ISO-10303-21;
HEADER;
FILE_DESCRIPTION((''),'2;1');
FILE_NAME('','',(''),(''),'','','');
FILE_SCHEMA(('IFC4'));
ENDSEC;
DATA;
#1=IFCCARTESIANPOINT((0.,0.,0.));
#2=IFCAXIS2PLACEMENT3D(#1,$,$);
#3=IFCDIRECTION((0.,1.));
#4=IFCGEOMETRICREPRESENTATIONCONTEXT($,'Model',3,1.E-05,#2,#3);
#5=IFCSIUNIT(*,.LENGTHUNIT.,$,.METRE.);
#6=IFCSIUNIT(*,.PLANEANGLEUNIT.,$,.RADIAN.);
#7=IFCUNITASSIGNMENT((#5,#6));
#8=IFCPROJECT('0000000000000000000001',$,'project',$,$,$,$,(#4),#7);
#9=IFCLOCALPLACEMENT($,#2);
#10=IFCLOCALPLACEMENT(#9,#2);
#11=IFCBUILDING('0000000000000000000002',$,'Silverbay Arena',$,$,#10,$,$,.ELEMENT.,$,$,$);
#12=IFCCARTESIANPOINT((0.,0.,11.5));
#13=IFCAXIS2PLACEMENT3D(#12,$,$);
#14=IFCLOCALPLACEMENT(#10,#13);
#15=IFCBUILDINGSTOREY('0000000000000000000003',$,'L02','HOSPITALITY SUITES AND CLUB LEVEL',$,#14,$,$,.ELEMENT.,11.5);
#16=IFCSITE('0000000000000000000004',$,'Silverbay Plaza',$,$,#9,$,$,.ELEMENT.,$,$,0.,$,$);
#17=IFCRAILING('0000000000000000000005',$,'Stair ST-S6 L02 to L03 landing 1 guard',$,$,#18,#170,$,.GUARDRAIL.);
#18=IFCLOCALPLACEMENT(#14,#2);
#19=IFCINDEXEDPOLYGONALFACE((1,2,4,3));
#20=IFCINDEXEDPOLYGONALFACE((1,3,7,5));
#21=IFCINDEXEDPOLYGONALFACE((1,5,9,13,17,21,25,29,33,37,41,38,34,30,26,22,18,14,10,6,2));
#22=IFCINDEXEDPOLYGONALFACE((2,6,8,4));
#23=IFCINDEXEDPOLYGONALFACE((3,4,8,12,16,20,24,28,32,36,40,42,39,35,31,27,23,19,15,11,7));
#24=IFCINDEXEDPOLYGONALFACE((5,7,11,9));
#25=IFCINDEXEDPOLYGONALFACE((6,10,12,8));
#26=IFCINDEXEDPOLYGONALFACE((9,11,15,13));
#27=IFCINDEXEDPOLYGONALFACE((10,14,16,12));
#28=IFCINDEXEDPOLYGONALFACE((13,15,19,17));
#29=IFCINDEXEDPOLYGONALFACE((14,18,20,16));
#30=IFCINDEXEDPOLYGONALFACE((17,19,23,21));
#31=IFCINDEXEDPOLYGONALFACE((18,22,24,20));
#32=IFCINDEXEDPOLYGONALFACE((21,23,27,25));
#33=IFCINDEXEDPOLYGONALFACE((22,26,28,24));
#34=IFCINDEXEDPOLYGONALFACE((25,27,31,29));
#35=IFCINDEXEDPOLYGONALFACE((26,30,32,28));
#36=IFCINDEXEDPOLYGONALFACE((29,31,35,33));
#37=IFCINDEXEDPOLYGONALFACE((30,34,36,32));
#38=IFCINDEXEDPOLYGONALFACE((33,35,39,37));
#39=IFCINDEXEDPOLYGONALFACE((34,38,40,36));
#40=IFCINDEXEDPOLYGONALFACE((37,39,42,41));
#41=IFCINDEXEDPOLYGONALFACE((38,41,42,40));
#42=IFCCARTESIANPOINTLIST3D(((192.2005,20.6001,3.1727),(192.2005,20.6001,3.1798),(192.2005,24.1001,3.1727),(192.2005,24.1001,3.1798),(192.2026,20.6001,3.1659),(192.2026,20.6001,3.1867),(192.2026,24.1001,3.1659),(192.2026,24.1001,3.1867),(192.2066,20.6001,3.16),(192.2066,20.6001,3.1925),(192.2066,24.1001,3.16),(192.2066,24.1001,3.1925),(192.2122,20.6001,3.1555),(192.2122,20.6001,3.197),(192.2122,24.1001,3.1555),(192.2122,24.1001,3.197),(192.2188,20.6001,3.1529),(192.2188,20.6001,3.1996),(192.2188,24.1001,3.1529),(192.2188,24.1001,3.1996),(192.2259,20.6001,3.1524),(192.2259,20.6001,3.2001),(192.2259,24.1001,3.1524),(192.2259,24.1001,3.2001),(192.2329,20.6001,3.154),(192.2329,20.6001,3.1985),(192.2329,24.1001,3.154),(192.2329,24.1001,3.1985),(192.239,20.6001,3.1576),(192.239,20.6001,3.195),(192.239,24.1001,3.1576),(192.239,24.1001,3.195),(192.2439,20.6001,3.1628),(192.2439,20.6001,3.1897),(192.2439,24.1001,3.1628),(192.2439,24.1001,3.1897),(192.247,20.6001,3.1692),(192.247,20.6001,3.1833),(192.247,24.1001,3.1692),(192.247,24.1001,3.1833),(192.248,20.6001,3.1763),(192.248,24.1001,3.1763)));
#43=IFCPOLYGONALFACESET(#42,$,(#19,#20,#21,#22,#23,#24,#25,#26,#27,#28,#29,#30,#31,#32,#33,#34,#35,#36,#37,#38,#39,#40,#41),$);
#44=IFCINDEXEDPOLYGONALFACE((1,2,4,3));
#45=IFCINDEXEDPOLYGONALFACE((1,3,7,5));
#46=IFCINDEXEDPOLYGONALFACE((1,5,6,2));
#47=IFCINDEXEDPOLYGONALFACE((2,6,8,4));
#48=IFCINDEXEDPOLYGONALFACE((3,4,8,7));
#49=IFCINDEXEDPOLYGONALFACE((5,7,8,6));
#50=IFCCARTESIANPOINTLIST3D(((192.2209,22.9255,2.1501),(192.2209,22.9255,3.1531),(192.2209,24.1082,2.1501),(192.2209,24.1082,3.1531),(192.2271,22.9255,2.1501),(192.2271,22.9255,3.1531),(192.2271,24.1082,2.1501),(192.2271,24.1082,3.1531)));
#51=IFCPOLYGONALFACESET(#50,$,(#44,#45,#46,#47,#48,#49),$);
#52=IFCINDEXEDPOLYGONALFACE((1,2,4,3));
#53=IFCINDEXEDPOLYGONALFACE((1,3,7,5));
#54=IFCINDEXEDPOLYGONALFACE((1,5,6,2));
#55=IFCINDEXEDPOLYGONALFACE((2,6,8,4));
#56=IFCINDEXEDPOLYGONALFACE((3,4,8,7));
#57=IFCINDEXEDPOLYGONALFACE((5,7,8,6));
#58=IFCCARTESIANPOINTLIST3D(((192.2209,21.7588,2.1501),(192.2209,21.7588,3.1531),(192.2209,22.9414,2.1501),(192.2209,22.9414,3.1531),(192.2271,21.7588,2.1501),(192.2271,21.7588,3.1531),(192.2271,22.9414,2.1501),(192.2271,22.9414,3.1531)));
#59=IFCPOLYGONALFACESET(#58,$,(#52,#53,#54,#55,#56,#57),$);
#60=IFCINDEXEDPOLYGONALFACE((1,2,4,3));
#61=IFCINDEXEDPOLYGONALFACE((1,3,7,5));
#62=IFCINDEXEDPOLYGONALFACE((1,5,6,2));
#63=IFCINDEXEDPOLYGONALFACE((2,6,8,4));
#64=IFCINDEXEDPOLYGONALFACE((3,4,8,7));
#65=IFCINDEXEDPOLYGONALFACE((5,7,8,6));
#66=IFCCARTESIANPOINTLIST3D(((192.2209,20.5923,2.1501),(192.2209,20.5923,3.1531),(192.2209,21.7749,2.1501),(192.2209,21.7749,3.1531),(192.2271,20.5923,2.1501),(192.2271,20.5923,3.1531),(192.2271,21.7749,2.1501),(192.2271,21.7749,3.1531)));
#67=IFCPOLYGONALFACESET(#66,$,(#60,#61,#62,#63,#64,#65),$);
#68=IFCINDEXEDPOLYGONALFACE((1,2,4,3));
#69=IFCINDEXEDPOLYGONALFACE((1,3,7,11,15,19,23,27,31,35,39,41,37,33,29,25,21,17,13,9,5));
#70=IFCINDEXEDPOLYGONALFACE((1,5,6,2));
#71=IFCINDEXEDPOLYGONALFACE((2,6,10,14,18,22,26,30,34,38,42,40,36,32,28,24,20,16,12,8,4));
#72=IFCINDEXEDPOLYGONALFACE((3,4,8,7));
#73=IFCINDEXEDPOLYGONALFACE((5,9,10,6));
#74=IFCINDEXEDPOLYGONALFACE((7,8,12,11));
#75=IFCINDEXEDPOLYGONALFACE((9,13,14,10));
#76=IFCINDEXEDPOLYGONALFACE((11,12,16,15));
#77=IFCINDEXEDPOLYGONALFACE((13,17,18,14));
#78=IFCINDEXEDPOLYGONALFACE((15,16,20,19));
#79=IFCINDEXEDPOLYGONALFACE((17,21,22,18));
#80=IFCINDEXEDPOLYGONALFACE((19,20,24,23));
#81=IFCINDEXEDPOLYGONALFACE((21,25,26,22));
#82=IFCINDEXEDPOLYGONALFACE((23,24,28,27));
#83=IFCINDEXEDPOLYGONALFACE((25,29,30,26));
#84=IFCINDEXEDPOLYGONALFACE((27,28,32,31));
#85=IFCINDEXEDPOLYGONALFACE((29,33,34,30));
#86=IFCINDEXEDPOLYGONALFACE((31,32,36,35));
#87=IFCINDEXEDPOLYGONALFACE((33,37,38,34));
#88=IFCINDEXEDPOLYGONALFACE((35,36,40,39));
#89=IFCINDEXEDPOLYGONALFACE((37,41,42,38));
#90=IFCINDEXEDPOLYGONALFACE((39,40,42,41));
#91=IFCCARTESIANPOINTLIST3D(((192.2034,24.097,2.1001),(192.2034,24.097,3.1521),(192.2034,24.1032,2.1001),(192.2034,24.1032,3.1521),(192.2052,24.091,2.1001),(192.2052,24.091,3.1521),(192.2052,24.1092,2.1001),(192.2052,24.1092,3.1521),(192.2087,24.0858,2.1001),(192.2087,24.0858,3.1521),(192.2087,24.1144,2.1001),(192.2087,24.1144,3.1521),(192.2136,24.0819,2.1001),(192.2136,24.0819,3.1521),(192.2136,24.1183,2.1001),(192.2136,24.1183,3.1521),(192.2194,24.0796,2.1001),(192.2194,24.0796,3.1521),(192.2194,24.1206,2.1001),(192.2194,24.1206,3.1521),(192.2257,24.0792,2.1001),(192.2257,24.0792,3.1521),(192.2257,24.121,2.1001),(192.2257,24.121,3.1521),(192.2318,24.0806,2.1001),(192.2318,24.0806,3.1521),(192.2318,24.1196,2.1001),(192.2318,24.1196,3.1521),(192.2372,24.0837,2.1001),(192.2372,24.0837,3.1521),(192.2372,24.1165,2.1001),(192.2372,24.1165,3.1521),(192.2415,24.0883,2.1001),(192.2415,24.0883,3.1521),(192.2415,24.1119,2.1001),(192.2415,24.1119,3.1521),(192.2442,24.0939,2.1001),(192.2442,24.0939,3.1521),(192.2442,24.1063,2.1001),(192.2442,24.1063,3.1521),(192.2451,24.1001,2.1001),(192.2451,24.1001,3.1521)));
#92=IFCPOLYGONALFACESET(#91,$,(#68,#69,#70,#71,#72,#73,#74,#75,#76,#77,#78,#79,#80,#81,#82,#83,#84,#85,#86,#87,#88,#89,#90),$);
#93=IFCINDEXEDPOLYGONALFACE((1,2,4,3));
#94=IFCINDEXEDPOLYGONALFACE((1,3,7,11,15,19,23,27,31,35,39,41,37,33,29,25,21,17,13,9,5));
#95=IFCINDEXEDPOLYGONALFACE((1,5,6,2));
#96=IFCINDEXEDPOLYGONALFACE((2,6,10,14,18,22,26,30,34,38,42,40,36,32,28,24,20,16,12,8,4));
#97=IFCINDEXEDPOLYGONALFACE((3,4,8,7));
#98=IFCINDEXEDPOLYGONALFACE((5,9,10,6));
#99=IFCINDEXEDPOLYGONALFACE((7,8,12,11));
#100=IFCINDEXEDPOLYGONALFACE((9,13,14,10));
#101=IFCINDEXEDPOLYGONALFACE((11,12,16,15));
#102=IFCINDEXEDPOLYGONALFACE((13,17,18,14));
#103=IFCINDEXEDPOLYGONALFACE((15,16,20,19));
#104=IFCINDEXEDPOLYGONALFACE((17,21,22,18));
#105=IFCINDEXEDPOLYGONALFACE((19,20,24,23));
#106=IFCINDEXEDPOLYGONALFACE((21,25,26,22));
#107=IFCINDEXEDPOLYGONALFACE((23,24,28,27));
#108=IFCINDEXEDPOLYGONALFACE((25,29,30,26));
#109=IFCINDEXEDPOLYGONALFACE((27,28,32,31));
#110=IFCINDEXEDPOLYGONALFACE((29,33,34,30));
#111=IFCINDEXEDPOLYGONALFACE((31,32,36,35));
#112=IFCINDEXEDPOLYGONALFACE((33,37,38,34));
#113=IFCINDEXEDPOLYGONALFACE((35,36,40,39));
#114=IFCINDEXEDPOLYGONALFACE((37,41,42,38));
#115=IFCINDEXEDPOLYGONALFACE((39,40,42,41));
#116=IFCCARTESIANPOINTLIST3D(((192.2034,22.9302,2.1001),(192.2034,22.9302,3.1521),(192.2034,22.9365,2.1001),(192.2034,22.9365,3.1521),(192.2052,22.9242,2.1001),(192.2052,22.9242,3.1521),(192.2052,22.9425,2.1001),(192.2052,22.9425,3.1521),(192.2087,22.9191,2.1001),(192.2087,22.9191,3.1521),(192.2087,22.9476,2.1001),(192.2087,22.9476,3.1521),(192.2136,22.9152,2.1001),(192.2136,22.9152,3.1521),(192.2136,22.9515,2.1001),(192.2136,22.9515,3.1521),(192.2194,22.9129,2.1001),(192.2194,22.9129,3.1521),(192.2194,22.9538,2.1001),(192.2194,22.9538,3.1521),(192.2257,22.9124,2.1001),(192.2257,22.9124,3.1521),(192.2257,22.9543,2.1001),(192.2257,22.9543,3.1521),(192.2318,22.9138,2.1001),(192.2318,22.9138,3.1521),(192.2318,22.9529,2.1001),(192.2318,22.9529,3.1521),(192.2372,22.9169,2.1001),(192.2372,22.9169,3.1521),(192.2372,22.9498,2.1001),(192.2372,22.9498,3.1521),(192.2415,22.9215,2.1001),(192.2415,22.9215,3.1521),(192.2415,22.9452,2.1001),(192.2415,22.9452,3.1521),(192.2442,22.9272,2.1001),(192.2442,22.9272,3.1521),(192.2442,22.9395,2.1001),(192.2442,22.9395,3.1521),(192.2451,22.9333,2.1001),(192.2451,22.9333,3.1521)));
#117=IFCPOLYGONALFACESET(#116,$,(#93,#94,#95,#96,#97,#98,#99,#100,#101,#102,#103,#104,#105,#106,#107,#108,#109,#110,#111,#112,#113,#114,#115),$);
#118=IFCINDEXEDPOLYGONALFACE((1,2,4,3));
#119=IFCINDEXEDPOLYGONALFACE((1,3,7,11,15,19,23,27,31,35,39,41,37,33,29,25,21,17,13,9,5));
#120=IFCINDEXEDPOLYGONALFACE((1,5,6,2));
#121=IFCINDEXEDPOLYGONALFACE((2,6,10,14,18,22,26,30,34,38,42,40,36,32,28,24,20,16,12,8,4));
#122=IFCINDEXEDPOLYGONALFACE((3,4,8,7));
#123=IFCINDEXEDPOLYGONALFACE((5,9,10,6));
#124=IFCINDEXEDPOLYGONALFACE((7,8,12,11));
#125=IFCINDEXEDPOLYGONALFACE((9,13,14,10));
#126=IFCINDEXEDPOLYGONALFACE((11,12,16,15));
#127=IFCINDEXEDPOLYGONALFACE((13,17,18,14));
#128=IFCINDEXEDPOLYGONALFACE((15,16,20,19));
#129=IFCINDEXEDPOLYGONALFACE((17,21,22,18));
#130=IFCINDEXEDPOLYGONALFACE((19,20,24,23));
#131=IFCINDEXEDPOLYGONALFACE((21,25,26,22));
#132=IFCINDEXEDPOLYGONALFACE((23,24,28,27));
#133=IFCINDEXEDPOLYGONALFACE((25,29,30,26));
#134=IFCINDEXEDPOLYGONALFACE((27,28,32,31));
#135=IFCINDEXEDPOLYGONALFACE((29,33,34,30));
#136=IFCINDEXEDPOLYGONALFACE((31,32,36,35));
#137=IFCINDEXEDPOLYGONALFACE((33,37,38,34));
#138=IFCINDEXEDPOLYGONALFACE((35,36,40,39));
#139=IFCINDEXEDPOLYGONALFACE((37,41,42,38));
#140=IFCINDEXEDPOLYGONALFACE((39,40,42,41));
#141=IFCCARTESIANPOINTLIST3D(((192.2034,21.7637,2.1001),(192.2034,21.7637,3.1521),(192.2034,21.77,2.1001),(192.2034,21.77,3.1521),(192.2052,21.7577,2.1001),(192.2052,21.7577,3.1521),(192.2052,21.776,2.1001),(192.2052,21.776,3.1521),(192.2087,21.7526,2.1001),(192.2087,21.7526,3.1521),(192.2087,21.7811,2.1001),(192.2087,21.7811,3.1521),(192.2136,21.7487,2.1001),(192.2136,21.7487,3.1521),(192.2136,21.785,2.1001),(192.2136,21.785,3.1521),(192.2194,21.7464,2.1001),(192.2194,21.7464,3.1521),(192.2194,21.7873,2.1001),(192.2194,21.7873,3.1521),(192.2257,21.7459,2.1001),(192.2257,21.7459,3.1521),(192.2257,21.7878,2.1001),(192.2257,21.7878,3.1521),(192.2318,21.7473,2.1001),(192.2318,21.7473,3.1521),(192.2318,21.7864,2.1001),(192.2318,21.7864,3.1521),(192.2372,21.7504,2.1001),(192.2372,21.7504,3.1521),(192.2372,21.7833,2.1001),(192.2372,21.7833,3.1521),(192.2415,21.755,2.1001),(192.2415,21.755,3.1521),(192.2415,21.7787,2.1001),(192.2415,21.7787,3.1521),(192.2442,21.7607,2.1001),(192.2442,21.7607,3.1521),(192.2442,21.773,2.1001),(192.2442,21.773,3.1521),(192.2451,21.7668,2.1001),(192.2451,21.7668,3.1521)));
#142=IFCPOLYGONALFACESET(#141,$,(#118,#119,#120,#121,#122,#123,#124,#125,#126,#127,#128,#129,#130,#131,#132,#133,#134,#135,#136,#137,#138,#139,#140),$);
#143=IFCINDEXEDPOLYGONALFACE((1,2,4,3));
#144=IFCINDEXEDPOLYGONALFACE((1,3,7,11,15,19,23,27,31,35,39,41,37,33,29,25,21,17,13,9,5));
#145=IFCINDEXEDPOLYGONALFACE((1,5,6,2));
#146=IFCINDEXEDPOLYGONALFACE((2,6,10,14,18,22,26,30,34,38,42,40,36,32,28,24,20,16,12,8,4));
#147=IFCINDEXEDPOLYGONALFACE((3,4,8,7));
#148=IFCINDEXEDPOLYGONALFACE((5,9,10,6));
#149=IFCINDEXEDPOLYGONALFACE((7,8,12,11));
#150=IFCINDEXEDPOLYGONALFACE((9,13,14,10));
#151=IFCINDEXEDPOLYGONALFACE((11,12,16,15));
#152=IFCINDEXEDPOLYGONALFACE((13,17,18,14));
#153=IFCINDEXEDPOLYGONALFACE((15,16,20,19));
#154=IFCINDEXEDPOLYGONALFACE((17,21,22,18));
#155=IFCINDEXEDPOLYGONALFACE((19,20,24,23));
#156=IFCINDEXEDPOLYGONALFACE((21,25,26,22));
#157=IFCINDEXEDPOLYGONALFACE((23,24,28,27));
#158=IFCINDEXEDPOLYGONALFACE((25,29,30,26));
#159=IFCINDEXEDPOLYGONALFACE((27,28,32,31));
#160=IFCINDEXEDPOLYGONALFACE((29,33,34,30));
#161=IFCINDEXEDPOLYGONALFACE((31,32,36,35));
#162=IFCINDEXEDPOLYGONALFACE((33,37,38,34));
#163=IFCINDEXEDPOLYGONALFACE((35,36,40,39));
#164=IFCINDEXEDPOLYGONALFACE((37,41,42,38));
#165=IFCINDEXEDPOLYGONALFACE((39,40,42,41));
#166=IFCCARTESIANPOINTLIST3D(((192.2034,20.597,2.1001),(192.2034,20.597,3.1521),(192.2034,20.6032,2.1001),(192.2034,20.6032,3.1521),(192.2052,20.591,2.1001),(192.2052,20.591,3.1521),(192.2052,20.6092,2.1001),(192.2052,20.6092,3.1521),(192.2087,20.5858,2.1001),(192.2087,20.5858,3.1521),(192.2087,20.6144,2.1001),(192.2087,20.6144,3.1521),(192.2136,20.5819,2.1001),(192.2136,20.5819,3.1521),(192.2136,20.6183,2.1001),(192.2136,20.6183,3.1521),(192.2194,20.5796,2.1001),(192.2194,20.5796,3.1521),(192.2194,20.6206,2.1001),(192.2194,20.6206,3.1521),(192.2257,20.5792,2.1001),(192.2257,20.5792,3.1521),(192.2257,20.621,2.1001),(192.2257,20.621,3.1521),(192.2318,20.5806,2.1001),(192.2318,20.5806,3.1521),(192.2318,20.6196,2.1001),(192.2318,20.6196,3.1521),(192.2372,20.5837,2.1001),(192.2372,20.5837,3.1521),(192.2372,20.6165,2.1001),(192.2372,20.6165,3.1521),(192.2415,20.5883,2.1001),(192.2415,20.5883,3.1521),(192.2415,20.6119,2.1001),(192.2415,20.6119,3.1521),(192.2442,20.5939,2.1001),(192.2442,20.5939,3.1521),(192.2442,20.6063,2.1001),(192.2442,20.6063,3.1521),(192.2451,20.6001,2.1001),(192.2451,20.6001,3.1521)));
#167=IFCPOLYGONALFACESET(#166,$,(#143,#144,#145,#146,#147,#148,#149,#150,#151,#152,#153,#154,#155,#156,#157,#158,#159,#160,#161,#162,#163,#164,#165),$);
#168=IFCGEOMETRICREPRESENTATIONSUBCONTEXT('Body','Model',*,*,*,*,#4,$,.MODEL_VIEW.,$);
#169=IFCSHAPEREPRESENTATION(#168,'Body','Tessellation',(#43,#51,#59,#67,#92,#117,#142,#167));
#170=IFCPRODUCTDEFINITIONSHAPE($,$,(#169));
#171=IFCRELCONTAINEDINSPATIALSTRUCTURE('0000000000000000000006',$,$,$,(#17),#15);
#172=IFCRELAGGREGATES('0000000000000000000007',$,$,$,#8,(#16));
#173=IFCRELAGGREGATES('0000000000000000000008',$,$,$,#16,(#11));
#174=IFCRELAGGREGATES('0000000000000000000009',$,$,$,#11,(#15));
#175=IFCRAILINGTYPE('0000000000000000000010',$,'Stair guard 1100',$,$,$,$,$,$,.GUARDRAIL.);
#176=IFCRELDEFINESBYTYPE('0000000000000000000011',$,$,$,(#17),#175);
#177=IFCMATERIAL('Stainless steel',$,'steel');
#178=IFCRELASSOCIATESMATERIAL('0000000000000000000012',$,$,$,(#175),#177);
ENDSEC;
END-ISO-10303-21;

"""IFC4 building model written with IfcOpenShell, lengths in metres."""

from ifc_helpers import new_model, si_unit, direction, frame, origin, origin_2d, place, context, subcontext, project, spatial, polyline, circle, outline, extrude, material, type_object, element, save


model = new_model("IFC4")

# Units and contexts
model_context = context("Model", 3, precision=1e-05, world=origin(), true_north=direction((0.0, 1.0)))
body_context = subcontext(model_context, "Body", "Model", "MODEL_VIEW")
ifc_project = project(units=[si_unit("LENGTHUNIT", "METRE"), si_unit("PLANEANGLEUNIT", "RADIAN")], contexts=[model_context])

# Site, building, storey
site_placement = place(None, origin())
site = spatial("IfcSite", under=ifc_project, at=site_placement, Name="Silverbay Plaza", CompositionType="ELEMENT", RefElevation=0.0)
building_placement = place(site_placement, origin())
building = spatial("IfcBuilding", under=site, at=building_placement, Name="Silverbay Arena", CompositionType="ELEMENT")
storey_placement = place(building_placement, frame((0.0, 0.0, 11.5)))
storey = spatial("IfcBuildingStorey", under=building, at=storey_placement, Name="L02", Description="HOSPITALITY SUITES AND CLUB LEVEL", CompositionType="ELEMENT", Elevation=11.5)

# Railing
ifc_material_1 = material(Name="Stainless steel", Category="steel")
railing_type_1 = type_object("IfcRailingType", Name="Stair guard 1100", PredefinedType="GUARDRAIL", material=ifc_material_1)
for number, where, name in (
    (1, (192.2241, 24.1001, 2.1001), "Stair ST-S6 L02 to L03 landing 1 guard"),
):
    element("IfcRailing", number, at=place(storey_placement, frame(where)), inside=storey, type_object=railing_type_1, Name=name, PredefinedType="GUARDRAIL", context=body_context, shape_type="SweptSolid", body=[
        extrude(circle(Radius=0.0239, at=origin_2d()), frame((0.0, 0.0, 1.0762), z_axis=(0.0, -1.0, 0.0), x_axis=(1.0, 0.0, 0.0)), (0.0, 0.0, 1.0), 3.5),
        extrude(outline(polyline([(-0.0081, 0.05), (1.1746, 0.05), (1.1746, 1.053), (-0.0081, 1.053), (-0.0081, 0.05)])), frame((0.0029, 0.0, 0.0), z_axis=(-1.0, 0.0, 0.0), x_axis=(0.0, -1.0, 0.0)), (0.0, 0.0, 1.0), 0.0061),
        extrude(outline(polyline([(-0.0081, 0.05), (1.1746, 0.05), (1.1746, 1.053), (-0.0081, 1.053), (-0.0081, 0.05)])), frame((0.0029, -1.1667, 0.0), z_axis=(-1.0, 0.0, 0.0), x_axis=(0.0, -1.0, 0.0)), (0.0, 0.0, 1.0), 0.0061),
        extrude(outline(polyline([(-0.0081, 0.05), (1.1746, 0.05), (1.1746, 1.053), (-0.0081, 1.053), (-0.0081, 0.05)])), frame((0.0029, -2.3333, 0.0), z_axis=(-1.0, 0.0, 0.0), x_axis=(0.0, -1.0, 0.0)), (0.0, 0.0, 1.0), 0.0061),
        extrude(circle(Radius=0.021, at=origin_2d()), origin(), (0.0, 0.0, 1.0), 1.052),
        extrude(circle(Radius=0.021, at=origin_2d()), frame((0.0, -1.1667, 0.0)), (0.0, 0.0, 1.0), 1.052),
        extrude(circle(Radius=0.021, at=origin_2d()), frame((0.0, -2.3333, 0.0)), (0.0, 0.0, 1.0), 1.052),
        extrude(circle(Radius=0.021, at=origin_2d()), frame((0.0, -3.5, 0.0)), (0.0, 0.0, 1.0), 1.052),
    ])

save(model, "model.ifc")
